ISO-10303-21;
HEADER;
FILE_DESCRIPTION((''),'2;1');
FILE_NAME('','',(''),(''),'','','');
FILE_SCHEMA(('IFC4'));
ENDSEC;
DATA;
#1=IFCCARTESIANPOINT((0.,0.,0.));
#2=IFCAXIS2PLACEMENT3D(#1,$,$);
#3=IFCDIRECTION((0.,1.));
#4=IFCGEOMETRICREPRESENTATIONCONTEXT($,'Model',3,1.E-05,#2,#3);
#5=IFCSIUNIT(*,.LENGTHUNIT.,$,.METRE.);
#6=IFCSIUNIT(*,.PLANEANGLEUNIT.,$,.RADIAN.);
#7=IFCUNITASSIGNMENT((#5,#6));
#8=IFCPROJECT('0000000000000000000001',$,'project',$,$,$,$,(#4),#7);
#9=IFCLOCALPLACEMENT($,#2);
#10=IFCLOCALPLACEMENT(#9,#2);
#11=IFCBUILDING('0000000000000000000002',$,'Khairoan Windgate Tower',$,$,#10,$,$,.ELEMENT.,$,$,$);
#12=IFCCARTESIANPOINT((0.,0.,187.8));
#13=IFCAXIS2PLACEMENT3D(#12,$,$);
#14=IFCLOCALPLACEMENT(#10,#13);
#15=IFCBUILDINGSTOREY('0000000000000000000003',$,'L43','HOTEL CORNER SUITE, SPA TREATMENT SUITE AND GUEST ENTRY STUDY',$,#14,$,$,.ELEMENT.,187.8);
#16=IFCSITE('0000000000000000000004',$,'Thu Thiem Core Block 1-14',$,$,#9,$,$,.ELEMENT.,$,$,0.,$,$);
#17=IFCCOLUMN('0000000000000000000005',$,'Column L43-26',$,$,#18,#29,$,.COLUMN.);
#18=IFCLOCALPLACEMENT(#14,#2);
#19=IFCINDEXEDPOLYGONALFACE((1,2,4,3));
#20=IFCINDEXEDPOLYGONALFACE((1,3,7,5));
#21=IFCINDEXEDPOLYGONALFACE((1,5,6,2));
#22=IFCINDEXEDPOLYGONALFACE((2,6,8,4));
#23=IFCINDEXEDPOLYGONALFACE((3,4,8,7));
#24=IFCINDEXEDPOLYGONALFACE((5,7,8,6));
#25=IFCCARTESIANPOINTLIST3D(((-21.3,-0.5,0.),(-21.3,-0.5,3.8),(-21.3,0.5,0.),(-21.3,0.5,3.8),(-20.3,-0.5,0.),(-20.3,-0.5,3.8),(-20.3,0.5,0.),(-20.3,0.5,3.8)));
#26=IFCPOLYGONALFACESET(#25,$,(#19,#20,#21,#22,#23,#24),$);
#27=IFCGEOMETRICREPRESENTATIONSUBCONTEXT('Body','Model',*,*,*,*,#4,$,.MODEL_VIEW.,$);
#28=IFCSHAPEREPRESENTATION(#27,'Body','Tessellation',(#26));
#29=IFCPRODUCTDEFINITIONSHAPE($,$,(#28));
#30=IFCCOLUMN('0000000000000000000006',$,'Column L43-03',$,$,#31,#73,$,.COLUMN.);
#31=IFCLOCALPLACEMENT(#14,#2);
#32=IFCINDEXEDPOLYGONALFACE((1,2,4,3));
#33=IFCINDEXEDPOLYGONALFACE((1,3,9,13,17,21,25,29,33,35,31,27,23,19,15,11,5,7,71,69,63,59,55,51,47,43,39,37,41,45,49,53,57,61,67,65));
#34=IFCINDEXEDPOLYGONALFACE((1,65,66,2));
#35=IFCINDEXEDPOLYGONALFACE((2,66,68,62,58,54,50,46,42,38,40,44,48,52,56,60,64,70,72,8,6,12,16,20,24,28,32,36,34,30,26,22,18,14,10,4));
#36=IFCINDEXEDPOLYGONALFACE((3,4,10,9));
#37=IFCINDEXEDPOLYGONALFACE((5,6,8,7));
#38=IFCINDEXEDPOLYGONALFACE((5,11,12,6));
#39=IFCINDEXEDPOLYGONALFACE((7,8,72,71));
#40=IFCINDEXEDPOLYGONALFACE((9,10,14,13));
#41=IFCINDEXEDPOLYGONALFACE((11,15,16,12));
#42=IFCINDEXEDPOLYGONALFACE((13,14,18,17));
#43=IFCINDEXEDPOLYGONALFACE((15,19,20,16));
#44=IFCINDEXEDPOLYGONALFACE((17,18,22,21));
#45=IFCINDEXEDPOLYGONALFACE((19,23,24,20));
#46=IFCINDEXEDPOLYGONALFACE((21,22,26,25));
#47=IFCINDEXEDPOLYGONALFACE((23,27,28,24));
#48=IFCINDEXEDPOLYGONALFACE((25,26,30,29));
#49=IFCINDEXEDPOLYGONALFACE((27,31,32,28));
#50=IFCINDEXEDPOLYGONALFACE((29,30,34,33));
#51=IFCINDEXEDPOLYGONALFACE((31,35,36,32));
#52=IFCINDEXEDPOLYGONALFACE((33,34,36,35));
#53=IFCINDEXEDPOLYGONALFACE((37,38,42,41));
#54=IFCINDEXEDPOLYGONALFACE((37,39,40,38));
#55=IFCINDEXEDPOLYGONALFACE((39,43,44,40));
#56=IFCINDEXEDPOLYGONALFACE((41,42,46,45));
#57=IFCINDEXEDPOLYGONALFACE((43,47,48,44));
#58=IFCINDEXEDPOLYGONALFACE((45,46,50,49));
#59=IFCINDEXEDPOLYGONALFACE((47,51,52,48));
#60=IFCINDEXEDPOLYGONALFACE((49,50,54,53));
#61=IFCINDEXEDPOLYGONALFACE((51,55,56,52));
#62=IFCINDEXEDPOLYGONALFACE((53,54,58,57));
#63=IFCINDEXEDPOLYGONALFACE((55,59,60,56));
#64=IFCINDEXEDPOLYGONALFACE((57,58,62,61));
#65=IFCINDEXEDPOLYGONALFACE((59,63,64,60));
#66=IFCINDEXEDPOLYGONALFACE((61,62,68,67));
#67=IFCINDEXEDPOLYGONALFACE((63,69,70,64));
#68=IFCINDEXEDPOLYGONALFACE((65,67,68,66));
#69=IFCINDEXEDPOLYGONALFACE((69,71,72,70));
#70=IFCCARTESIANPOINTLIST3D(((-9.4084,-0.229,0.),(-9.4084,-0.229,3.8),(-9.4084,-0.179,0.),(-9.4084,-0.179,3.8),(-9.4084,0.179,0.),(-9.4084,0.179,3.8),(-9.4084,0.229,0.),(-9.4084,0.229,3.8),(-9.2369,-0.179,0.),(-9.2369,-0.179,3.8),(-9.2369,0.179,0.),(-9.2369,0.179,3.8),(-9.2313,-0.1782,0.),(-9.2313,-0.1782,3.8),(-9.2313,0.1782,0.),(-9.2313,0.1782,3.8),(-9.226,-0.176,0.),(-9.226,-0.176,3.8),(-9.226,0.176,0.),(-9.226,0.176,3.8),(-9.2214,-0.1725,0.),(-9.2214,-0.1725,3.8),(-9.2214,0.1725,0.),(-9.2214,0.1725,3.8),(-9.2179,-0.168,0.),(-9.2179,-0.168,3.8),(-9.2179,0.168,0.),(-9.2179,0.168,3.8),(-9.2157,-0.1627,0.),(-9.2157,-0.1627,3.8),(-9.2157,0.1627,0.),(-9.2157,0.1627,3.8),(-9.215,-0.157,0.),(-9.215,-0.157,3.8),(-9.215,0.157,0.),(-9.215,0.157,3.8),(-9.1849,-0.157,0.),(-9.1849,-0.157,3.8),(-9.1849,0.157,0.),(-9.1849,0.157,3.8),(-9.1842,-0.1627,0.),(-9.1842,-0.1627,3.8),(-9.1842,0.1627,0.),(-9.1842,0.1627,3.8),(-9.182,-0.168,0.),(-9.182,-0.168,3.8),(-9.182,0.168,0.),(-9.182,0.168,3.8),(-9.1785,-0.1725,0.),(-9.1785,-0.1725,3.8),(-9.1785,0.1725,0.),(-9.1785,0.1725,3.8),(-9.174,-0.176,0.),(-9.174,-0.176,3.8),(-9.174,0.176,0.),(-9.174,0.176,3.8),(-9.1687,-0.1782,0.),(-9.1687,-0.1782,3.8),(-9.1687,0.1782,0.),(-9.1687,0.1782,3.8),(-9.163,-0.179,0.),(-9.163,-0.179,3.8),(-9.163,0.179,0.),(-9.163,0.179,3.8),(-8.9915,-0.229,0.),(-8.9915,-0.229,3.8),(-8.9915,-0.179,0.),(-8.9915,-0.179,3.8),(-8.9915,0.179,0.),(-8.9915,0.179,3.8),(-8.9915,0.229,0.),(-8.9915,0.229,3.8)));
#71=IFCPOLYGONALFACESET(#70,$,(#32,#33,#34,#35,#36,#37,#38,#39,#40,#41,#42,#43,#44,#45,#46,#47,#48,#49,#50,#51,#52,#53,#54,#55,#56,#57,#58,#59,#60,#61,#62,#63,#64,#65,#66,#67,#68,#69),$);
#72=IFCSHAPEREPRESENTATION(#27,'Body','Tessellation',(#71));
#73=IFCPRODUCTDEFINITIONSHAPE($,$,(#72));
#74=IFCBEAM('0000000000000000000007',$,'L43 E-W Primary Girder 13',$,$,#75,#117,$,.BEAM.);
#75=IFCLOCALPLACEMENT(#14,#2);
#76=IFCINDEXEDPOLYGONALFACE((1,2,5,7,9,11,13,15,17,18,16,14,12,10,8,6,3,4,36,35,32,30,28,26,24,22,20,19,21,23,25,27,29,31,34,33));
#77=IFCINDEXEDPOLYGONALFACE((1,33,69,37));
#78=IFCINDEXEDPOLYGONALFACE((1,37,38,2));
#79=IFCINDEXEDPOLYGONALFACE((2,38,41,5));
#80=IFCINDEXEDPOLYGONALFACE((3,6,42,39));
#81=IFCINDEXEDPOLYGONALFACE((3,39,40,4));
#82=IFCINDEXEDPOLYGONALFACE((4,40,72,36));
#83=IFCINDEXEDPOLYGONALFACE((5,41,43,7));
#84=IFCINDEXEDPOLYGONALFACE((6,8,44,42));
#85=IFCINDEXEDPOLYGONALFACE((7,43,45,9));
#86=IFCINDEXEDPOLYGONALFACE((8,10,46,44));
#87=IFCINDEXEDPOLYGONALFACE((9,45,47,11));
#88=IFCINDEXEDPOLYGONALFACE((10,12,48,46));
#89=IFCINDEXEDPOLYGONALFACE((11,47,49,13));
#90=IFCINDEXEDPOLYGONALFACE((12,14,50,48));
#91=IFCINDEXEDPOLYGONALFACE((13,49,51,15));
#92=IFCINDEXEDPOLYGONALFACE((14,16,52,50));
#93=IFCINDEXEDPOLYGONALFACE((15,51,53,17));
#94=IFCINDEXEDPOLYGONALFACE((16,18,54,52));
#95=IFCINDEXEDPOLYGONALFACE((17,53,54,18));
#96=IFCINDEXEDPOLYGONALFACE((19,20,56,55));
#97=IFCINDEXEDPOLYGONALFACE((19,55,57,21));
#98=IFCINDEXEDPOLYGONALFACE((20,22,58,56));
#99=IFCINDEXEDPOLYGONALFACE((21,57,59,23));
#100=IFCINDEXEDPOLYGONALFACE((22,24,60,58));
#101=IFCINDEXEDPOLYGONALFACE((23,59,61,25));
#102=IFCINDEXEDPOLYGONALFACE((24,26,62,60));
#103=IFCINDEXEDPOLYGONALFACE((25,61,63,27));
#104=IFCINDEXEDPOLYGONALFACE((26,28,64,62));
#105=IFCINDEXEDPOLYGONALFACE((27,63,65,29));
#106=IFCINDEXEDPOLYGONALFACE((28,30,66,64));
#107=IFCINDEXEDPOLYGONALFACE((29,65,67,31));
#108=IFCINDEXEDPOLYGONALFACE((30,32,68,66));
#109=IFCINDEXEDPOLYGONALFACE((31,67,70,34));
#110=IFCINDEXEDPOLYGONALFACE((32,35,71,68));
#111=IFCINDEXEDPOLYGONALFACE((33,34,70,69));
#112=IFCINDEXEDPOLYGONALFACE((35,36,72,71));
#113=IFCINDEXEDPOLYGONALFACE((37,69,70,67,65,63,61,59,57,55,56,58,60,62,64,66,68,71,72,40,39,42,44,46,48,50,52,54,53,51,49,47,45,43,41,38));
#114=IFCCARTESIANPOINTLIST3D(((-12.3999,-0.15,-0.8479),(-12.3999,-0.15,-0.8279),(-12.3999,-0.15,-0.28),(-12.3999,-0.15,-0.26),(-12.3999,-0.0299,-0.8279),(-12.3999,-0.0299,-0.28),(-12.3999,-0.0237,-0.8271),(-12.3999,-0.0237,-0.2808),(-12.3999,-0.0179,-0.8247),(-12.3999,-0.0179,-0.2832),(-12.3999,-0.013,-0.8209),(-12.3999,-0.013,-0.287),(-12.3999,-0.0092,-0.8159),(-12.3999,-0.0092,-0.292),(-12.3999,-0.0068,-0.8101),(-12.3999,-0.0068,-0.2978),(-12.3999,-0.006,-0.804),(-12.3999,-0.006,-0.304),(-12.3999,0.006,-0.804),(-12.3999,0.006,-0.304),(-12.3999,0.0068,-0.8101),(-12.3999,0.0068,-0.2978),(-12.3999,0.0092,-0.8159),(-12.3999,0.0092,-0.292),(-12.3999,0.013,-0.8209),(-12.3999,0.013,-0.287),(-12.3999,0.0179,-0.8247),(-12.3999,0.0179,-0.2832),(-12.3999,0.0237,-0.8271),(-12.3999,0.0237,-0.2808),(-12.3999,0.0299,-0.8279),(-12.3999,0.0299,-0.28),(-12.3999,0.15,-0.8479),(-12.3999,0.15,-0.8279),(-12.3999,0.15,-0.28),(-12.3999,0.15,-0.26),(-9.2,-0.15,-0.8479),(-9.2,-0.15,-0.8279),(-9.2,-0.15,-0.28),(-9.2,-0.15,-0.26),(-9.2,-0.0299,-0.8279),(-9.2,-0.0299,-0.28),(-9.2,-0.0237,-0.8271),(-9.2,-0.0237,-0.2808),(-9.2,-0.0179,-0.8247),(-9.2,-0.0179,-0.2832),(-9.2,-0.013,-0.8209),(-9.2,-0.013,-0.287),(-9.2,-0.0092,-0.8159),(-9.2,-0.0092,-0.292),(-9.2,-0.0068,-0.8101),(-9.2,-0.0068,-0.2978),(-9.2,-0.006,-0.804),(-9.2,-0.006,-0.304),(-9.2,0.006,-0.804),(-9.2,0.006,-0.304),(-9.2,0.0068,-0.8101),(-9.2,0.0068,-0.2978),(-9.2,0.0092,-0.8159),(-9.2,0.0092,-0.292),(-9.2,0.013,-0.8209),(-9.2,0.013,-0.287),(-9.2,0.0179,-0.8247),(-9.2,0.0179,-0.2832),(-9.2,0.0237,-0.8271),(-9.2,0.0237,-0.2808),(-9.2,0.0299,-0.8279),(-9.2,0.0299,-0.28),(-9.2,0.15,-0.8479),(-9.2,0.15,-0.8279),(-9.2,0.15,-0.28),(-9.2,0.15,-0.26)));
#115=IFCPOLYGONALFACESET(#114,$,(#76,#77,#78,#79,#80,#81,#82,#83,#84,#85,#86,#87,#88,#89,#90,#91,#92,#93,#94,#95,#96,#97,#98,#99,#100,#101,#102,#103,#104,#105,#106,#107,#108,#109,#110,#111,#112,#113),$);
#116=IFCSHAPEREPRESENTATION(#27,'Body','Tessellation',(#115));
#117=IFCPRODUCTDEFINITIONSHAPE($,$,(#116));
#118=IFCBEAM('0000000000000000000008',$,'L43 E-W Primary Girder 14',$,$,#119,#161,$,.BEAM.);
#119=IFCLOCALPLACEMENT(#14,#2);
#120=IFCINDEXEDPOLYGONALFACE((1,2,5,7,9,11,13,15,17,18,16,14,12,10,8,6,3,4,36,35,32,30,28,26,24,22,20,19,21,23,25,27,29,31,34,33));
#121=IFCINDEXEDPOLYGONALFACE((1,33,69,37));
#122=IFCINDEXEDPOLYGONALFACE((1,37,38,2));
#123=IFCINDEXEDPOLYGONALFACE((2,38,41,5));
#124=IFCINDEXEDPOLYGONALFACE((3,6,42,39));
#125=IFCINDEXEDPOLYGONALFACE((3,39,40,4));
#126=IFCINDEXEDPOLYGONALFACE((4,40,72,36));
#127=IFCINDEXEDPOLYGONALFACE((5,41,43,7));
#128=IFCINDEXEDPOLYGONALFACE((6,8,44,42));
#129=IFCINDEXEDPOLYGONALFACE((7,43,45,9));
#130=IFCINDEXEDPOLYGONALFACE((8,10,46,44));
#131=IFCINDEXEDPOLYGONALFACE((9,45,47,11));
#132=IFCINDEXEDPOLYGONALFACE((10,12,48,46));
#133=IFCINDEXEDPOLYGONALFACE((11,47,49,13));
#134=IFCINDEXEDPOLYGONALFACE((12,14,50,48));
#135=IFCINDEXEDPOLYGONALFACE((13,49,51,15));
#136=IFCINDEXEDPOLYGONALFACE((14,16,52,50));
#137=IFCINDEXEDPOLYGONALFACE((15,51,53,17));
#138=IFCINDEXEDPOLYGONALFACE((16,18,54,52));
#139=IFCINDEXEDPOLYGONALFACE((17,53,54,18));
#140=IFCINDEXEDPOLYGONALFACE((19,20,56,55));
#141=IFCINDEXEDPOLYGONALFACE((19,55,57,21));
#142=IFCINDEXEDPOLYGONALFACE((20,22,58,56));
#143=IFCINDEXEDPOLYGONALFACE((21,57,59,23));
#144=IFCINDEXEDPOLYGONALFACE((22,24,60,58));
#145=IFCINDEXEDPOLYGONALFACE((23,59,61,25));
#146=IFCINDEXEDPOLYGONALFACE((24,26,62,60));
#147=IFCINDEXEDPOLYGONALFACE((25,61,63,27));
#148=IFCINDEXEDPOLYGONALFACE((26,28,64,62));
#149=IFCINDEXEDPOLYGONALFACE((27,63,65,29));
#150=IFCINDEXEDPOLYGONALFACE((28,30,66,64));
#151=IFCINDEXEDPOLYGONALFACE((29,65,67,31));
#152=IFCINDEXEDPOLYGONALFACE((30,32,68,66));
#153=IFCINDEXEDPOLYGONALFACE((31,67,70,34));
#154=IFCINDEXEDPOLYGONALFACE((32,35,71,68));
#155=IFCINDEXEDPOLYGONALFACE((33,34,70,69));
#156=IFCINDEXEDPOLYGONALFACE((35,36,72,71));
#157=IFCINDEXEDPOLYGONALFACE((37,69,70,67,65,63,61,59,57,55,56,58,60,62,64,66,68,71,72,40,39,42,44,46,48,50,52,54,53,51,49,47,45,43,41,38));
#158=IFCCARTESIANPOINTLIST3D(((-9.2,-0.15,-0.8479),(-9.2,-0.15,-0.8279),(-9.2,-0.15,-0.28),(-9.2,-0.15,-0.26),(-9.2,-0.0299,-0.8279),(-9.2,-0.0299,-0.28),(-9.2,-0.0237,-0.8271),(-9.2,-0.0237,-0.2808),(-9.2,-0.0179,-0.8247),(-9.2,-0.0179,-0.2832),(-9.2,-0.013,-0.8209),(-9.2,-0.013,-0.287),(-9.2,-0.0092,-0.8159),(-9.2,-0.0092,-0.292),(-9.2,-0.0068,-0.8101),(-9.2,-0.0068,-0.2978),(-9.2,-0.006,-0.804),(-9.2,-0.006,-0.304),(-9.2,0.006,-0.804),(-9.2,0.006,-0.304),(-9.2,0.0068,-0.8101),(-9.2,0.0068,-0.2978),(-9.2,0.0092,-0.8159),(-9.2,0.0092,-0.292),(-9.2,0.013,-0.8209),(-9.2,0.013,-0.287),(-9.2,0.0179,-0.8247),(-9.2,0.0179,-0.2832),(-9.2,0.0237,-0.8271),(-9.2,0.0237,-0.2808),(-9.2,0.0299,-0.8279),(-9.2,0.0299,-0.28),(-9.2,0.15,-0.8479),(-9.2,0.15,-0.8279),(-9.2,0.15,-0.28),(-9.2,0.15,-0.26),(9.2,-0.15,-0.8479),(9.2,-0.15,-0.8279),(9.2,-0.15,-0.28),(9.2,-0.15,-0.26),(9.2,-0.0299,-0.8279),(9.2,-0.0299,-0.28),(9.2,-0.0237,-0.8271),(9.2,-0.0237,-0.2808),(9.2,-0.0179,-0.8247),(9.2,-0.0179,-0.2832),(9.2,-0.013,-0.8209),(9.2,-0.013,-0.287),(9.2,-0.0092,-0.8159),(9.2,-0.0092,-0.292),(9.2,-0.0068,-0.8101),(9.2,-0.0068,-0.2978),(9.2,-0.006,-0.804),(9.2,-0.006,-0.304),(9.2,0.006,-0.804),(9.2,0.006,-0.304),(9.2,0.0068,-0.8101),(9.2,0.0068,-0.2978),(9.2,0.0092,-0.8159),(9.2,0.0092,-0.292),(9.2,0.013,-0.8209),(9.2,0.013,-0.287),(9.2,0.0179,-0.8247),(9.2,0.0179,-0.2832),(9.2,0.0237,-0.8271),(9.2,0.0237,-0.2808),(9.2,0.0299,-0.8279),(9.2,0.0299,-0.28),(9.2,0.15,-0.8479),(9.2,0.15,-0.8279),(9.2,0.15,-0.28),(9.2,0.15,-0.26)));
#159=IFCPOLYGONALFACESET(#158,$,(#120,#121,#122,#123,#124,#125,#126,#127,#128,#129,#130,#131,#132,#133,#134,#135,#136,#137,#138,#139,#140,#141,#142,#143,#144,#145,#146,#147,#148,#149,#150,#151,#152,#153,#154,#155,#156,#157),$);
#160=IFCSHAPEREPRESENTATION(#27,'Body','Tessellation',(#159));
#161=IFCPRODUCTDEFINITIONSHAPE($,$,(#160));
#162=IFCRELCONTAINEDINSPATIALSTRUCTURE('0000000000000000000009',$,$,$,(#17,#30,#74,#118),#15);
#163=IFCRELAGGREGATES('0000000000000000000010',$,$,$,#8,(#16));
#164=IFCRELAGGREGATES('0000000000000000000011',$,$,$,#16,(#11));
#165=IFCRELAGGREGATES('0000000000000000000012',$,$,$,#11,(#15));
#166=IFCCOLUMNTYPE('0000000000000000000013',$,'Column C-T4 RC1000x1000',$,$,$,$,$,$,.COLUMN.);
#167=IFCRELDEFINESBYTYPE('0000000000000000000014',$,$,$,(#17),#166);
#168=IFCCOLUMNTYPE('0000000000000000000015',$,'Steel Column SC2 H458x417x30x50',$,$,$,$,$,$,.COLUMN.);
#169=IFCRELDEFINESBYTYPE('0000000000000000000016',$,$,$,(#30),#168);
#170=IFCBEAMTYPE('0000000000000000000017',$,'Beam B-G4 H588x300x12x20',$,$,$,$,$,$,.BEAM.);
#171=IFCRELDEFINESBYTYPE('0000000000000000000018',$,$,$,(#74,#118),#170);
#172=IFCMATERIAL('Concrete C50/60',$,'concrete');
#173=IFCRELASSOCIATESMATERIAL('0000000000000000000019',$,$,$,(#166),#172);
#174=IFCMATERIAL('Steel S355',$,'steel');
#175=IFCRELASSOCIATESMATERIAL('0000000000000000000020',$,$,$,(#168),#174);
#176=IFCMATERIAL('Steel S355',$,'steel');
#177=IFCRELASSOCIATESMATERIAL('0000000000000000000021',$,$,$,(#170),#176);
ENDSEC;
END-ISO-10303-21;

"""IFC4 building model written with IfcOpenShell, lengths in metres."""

from ifc_helpers import new_model, si_unit, direction, frame, origin, origin_2d, place, context, subcontext, project, spatial, rectangle, i_section, extrude, material, material_profile, profile_set, type_object, element, save


model = new_model("IFC4")

# Units and contexts
model_context = context("Model", 3, precision=1e-05, world=origin(), true_north=direction((0.0, 1.0)))
body_context = subcontext(model_context, "Body", "Model", "MODEL_VIEW")
ifc_project = project(units=[si_unit("LENGTHUNIT", "METRE"), si_unit("PLANEANGLEUNIT", "RADIAN")], contexts=[model_context])

# Site, building, storey
site_placement = place(None, origin())
site = spatial("IfcSite", under=ifc_project, at=site_placement, Name="Thu Thiem Core Block 1-14", CompositionType="ELEMENT", RefElevation=0.0)
building_placement = place(site_placement, origin())
building = spatial("IfcBuilding", under=site, at=building_placement, Name="Khairoan Windgate Tower", CompositionType="ELEMENT")
storey_placement = place(building_placement, frame((0.0, 0.0, 187.8)))
storey = spatial("IfcBuildingStorey", under=building, at=storey_placement, Name="L43", Description="HOTEL CORNER SUITE, SPA TREATMENT SUITE AND GUEST ENTRY STUDY", CompositionType="ELEMENT", Elevation=187.8)

# Columns
ifc_material_1 = material(Name="Concrete C50/60", Category="concrete")
ifc_material_profile_1 = material_profile(ifc_material_1, rectangle(XDim=1.0, YDim=1.0, at=origin_2d()))
ifc_profile_set_1 = profile_set([ifc_material_profile_1], Name="Concrete C50/60")
column_type_1 = type_object("IfcColumnType", Name="Column C-T4 RC1000x1000", PredefinedType="COLUMN", material=ifc_profile_set_1)
column_1_placement = place(storey_placement, frame((-20.8, 0.0, 0.0), z_axis=(0.0, 0.0, 1.0), x_axis=(1.0, 0.0, 0.0)))
element("IfcColumn", 1, at=column_1_placement, inside=storey, type_object=column_type_1, Name="Column L43-26", PredefinedType="COLUMN", context=body_context, shape_type="SweptSolid", body=[
    extrude(rectangle(XDim=1.0, YDim=1.0, at=origin_2d()), origin(), (0.0, 0.0, 1.0), 3.8),
])
ifc_material_2 = material(Name="Steel S355", Category="steel")
ifc_material_profile_2 = material_profile(ifc_material_2, i_section(OverallWidth=0.417, OverallDepth=0.458, WebThickness=0.03, FlangeThickness=0.05, FilletRadius=0.022, at=origin_2d()))
ifc_profile_set_2 = profile_set([ifc_material_profile_2], Name="Steel S355")
column_type_2 = type_object("IfcColumnType", Name="Steel Column SC2 H458x417x30x50", PredefinedType="COLUMN", material=ifc_profile_set_2)
column_2_placement = place(storey_placement, frame((-9.2, 0.0, 0.0), z_axis=(0.0, 0.0, 1.0), x_axis=(1.0, 0.0, 0.0)))
element("IfcColumn", 2, at=column_2_placement, inside=storey, type_object=column_type_2, Name="Column L43-03", PredefinedType="COLUMN", context=body_context, shape_type="SweptSolid", body=[
    extrude(i_section(OverallWidth=0.417, OverallDepth=0.458, WebThickness=0.03, FlangeThickness=0.05, FilletRadius=0.022, at=origin_2d()), origin(), (0.0, 0.0, 1.0), 3.8),
])

# Beams
ifc_material_3 = material(Name="Steel S355", Category="steel")
ifc_material_profile_3 = material_profile(ifc_material_3, i_section(OverallWidth=0.3, OverallDepth=0.5879, WebThickness=0.012, FlangeThickness=0.02, FilletRadius=0.0239, at=origin_2d()))
ifc_profile_set_3 = profile_set([ifc_material_profile_3], Name="Steel S355")
beam_type_1 = type_object("IfcBeamType", Name="Beam B-G4 H588x300x12x20", PredefinedType="BEAM", material=ifc_profile_set_3)
beam_1_placement = place(storey_placement, frame((-12.3999, 0.0, -0.554), z_axis=(1.0, 0.0, 0.0), x_axis=(0.0, 1.0, 0.0)))
element("IfcBeam", 3, at=beam_1_placement, inside=storey, type_object=beam_type_1, Name="L43 E-W Primary Girder 13", PredefinedType="BEAM", context=body_context, shape_type="SweptSolid", body=[
    extrude(i_section(OverallWidth=0.3, OverallDepth=0.5879, WebThickness=0.012, FlangeThickness=0.02, FilletRadius=0.0239, at=origin_2d()), origin(), (0.0, 0.0, 1.0), 3.2),
])
beam_2_placement = place(storey_placement, frame((-9.2, 0.0, -0.554), z_axis=(1.0, 0.0, 0.0), x_axis=(0.0, 1.0, 0.0)))
element("IfcBeam", 4, at=beam_2_placement, inside=storey, type_object=beam_type_1, Name="L43 E-W Primary Girder 14", PredefinedType="BEAM", context=body_context, shape_type="SweptSolid", body=[
    extrude(i_section(OverallWidth=0.3, OverallDepth=0.5879, WebThickness=0.012, FlangeThickness=0.02, FilletRadius=0.0239, at=origin_2d()), origin(), (0.0, 0.0, 1.0), 18.3999),
])

save(model, "model.ifc")
